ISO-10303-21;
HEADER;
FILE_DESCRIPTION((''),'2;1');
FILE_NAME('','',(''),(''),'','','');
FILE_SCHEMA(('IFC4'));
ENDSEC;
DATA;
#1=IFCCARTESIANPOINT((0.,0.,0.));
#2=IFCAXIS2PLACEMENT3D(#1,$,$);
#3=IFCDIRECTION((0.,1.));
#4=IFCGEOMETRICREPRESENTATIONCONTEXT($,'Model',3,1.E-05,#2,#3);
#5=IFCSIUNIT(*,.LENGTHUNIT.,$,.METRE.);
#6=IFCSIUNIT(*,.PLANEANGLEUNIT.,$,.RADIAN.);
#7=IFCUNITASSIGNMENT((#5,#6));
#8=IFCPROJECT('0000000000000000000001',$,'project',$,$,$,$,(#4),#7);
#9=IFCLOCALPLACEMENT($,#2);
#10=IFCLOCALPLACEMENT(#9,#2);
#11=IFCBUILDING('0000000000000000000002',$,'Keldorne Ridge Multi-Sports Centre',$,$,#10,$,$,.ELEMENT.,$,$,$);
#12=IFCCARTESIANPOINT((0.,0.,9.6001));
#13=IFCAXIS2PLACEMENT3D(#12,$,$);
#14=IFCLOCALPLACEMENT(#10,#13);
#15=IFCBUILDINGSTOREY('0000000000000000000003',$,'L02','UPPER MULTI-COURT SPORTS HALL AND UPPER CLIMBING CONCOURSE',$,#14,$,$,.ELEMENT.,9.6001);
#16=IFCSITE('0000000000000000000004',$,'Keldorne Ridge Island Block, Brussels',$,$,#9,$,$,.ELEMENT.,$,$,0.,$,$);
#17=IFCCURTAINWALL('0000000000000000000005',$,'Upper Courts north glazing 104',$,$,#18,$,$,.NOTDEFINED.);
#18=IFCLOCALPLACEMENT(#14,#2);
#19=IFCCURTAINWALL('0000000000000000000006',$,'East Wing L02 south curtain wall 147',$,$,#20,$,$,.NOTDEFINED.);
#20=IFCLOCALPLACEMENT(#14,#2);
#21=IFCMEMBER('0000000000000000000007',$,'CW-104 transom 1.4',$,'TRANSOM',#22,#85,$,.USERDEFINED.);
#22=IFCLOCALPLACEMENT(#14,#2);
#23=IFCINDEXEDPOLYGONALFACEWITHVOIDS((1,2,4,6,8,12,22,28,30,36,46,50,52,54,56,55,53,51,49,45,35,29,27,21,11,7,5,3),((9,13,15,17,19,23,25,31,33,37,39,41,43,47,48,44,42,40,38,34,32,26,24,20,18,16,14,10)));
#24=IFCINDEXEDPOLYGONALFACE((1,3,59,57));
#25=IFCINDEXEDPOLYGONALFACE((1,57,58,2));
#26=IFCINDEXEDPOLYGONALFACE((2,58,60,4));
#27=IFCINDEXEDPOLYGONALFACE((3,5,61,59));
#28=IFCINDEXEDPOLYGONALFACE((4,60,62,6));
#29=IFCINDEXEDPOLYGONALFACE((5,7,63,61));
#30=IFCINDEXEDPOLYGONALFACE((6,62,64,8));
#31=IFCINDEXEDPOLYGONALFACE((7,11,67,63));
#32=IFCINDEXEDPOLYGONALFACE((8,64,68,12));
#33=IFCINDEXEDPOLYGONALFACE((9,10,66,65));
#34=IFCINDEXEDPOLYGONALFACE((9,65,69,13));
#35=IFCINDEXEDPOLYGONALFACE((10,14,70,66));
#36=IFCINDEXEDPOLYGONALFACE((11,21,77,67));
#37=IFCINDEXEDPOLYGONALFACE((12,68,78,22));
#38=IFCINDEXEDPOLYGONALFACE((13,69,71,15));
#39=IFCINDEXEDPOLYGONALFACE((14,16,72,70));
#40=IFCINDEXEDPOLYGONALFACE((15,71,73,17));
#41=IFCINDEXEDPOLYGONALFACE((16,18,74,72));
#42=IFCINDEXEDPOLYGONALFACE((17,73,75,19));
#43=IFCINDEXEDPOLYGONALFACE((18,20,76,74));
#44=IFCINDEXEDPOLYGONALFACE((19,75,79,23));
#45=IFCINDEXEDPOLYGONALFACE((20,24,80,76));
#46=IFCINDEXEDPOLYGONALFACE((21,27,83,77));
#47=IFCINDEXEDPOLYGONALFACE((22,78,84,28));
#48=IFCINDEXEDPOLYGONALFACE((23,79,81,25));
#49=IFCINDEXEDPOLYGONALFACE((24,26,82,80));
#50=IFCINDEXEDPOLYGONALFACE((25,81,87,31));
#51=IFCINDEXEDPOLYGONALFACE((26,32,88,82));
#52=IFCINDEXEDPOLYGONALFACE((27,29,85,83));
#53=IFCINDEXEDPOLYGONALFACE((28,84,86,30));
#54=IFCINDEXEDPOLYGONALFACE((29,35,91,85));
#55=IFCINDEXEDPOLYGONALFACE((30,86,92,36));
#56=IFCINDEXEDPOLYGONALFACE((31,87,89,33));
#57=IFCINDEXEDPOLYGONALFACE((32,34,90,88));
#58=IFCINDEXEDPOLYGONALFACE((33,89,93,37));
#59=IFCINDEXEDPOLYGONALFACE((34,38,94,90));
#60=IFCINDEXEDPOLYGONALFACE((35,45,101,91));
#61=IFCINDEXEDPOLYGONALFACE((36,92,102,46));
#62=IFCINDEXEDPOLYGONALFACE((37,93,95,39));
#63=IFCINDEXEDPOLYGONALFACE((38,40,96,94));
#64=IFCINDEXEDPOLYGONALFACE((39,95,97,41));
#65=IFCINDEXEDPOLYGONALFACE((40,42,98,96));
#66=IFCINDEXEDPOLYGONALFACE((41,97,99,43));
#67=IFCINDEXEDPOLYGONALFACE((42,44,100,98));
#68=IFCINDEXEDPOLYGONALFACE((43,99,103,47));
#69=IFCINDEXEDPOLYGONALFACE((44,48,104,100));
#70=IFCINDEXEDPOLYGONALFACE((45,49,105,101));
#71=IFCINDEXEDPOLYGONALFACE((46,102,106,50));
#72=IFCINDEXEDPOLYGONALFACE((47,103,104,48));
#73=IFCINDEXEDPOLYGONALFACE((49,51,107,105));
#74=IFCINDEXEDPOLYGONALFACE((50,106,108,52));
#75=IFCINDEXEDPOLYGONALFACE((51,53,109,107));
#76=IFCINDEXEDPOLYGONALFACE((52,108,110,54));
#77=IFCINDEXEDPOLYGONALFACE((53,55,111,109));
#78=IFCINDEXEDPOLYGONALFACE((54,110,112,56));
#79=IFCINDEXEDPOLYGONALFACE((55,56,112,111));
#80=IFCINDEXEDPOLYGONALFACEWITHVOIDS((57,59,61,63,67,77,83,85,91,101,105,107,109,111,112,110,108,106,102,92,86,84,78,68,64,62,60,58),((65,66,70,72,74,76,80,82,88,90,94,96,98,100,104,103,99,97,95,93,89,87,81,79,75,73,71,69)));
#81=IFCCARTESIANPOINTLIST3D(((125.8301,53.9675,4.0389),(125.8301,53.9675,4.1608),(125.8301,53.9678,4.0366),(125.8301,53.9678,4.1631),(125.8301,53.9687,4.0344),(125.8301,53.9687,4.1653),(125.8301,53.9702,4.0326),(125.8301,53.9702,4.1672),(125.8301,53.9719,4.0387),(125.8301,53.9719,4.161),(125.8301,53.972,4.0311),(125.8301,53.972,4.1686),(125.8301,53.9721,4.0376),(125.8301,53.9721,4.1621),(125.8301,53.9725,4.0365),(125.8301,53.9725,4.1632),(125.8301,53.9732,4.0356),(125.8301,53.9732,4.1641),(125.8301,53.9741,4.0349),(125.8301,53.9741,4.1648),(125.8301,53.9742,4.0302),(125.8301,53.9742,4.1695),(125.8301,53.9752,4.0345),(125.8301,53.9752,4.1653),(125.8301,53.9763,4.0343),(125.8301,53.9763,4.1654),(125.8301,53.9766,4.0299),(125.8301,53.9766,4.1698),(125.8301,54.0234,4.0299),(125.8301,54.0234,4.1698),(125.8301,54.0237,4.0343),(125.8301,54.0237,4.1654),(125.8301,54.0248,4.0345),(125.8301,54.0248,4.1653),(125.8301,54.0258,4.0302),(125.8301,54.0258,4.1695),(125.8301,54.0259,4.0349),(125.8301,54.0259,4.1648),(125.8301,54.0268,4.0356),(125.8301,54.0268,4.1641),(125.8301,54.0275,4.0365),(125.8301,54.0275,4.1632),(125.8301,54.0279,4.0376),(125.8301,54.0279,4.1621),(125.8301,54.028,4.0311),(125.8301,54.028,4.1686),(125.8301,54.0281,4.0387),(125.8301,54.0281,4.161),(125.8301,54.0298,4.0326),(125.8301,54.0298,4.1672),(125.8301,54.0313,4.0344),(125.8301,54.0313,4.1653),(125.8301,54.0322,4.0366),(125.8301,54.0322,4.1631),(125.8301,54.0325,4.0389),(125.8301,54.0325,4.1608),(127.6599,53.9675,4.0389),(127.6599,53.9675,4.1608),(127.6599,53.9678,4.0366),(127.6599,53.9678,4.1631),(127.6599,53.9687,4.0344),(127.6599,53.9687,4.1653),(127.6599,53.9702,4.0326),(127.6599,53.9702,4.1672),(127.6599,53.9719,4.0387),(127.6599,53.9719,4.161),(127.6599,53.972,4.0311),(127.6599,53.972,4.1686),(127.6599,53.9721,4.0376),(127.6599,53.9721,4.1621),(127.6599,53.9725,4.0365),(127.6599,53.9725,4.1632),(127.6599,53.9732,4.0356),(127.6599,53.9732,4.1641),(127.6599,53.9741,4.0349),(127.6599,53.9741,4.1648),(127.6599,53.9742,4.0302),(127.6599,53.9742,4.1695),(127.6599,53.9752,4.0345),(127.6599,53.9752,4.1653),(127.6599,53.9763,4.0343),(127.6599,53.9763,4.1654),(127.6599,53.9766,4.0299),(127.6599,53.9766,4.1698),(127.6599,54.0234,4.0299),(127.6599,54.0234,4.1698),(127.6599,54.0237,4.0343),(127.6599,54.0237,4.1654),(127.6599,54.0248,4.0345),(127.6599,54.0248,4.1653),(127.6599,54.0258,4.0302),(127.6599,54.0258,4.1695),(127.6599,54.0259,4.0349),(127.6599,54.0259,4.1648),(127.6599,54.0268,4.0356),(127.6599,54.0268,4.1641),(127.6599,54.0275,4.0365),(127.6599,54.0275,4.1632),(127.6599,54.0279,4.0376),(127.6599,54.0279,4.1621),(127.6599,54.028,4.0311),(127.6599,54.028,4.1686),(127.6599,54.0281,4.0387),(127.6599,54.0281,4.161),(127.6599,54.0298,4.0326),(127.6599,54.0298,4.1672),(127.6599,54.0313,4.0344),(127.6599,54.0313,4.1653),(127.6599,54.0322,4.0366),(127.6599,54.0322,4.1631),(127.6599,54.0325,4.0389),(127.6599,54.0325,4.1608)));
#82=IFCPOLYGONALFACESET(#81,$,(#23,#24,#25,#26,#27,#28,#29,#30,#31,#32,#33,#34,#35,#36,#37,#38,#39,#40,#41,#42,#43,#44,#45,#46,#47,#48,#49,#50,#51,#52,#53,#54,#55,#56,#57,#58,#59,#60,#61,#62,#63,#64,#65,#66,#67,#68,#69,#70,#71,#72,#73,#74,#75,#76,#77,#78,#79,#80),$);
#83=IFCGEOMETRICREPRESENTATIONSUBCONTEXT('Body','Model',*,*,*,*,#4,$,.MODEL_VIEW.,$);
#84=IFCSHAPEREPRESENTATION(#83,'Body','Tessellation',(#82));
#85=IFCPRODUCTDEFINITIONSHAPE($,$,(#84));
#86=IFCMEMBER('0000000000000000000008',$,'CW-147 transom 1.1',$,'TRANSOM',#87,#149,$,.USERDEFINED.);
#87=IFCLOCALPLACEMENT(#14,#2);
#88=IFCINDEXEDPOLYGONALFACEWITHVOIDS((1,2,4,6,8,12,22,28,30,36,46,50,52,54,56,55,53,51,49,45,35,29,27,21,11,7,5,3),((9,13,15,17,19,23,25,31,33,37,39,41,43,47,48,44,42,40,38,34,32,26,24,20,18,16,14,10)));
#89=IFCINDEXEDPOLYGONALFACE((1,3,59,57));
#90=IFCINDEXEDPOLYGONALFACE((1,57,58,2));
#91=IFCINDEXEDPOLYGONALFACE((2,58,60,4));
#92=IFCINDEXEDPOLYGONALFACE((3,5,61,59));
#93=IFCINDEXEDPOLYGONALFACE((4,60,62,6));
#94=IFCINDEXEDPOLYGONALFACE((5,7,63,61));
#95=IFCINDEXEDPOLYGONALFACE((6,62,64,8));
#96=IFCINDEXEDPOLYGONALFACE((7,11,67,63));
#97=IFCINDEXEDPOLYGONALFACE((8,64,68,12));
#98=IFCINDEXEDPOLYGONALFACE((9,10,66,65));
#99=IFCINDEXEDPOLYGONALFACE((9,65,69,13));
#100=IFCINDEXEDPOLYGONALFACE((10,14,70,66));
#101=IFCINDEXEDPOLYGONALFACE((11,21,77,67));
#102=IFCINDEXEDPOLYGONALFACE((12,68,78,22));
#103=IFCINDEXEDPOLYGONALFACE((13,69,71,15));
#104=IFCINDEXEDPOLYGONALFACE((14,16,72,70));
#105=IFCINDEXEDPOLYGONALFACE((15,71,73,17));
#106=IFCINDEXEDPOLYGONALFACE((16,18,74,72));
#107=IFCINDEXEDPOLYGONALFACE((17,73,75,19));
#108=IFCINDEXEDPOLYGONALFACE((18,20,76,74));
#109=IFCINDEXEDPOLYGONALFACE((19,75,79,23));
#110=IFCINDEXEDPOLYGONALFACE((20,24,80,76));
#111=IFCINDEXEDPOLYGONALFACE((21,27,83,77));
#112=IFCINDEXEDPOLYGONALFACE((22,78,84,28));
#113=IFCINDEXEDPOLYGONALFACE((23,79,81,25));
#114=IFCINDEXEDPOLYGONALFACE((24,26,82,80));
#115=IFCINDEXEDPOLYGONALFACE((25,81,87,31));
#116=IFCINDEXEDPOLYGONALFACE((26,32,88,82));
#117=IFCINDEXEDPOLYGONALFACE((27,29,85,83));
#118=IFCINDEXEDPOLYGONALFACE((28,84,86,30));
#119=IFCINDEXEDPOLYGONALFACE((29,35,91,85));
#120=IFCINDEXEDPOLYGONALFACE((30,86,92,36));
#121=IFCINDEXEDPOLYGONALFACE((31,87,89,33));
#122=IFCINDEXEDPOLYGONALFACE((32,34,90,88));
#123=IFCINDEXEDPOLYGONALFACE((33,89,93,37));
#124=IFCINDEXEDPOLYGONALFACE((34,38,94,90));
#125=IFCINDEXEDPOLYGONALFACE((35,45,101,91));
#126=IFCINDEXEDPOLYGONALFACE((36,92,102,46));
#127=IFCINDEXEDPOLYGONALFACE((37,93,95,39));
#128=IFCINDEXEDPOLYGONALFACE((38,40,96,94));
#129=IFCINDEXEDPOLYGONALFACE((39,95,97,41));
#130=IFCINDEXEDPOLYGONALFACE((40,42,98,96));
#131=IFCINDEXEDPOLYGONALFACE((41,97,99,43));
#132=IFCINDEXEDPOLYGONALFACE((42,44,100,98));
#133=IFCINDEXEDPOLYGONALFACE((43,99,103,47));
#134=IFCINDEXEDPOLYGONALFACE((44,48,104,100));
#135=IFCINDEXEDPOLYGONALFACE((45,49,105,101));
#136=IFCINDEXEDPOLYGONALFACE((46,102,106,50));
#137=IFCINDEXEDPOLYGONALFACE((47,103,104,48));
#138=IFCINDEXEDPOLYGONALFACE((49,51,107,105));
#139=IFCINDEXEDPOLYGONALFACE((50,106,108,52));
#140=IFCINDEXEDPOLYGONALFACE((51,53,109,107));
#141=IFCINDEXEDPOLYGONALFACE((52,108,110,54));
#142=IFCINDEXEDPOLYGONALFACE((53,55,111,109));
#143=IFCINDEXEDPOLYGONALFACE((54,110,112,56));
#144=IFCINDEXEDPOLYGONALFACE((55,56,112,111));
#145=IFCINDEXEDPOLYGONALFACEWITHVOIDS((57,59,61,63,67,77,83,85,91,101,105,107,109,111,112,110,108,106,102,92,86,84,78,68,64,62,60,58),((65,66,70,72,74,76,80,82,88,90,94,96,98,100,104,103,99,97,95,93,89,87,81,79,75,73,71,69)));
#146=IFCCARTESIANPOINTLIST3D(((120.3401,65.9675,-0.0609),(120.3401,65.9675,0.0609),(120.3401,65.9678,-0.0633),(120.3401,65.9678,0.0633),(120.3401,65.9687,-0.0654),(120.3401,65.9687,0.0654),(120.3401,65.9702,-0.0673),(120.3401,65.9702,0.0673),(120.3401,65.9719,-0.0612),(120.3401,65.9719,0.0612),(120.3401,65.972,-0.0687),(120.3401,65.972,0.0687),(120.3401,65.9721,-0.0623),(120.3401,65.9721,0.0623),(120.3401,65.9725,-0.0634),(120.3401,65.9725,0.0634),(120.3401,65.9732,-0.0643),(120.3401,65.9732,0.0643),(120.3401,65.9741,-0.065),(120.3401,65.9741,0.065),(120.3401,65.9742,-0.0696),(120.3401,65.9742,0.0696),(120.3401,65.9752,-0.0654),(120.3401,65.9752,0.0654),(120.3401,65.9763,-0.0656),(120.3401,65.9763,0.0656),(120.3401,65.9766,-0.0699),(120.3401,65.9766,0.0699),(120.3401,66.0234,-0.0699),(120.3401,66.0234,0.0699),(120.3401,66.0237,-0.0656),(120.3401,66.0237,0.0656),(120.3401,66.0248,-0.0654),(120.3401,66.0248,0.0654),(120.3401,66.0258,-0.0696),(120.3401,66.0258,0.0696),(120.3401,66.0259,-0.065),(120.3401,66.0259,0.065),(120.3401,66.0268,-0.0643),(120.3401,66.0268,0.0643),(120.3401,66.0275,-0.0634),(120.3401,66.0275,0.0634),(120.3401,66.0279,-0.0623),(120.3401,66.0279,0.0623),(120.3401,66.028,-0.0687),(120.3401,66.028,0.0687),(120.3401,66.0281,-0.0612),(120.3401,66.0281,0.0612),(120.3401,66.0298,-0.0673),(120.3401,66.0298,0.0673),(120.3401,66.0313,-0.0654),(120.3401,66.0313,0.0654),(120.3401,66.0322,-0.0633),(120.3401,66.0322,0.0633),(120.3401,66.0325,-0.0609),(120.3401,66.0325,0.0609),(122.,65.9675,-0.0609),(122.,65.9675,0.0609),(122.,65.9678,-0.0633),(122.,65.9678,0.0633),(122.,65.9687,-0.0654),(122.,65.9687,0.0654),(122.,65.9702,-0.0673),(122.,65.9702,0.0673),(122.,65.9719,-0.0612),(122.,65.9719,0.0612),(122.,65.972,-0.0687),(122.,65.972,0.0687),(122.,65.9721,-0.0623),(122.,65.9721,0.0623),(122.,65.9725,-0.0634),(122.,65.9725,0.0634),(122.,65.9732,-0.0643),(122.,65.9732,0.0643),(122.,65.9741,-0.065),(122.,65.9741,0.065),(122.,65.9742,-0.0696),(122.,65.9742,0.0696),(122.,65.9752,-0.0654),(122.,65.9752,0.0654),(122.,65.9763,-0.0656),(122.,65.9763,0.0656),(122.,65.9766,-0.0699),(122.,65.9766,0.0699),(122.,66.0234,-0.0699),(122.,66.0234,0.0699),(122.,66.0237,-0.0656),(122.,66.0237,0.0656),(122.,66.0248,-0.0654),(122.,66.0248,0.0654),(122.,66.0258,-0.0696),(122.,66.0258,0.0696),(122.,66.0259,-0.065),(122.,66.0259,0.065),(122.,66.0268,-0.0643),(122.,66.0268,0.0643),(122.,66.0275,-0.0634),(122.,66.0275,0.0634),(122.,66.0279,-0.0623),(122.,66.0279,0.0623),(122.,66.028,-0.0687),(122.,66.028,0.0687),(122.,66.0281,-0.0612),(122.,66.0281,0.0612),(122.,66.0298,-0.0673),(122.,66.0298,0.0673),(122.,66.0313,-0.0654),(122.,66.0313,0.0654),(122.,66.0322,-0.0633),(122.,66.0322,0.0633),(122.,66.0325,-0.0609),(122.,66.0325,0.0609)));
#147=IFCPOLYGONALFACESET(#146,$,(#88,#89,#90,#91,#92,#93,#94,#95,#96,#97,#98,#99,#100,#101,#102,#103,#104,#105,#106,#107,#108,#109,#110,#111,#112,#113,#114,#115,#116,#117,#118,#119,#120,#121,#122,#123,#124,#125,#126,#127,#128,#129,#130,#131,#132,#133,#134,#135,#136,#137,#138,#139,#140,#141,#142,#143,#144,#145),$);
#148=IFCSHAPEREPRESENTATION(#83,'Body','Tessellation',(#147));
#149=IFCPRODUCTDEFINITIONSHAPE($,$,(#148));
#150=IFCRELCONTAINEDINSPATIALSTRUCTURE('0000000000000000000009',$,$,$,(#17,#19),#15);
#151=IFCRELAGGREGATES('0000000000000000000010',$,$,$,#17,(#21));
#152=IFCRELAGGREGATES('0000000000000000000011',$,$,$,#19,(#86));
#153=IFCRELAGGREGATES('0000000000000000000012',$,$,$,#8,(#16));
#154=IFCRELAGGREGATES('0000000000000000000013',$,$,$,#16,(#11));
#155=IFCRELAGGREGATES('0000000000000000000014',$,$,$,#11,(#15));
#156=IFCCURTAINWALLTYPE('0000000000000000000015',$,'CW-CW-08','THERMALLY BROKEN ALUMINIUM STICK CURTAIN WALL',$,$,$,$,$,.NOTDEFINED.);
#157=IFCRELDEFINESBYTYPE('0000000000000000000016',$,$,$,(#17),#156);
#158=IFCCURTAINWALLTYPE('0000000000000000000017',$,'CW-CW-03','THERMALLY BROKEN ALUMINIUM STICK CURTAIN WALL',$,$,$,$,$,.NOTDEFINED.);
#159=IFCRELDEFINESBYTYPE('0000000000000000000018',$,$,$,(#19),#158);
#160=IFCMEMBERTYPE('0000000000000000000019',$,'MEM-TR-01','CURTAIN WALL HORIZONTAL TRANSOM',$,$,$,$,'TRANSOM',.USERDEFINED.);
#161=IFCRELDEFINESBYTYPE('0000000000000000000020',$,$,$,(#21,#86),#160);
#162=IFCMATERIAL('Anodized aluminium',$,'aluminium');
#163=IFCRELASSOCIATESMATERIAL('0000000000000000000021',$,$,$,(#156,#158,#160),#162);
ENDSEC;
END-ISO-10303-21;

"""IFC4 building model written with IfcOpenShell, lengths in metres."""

from ifc_helpers import new_model, si_unit, direction, frame, origin, origin_2d, place, context, subcontext, project, spatial, hollow_rectangle, extrude, material, material_profile, profile_set, type_object, element, aggregate, save


model = new_model("IFC4")

# Units and contexts
model_context = context("Model", 3, precision=1e-05, world=origin(), true_north=direction((0.0, 1.0)))
body_context = subcontext(model_context, "Body", "Model", "MODEL_VIEW")
ifc_project = project(units=[si_unit("LENGTHUNIT", "METRE"), si_unit("PLANEANGLEUNIT", "RADIAN")], contexts=[model_context])

# Site, building, storey
site_placement = place(None, origin())
site = spatial("IfcSite", under=ifc_project, at=site_placement, Name="Keldorne Ridge Island Block, Brussels", CompositionType="ELEMENT", RefElevation=0.0)
building_placement = place(site_placement, origin())
building = spatial("IfcBuilding", under=site, at=building_placement, Name="Keldorne Ridge Multi-Sports Centre", CompositionType="ELEMENT")
storey_placement = place(building_placement, frame((0.0, 0.0, 9.6001)))
storey = spatial("IfcBuildingStorey", under=building, at=storey_placement, Name="L02", Description="UPPER MULTI-COURT SPORTS HALL AND UPPER CLIMBING CONCOURSE", CompositionType="ELEMENT", Elevation=9.6001)

# Curtain walls
ifc_material_1 = material(Name="Anodized aluminium", Category="aluminium")
curtain_wall_type_1 = type_object("IfcCurtainWallType", Name="CW-CW-08", Description="THERMALLY BROKEN ALUMINIUM STICK CURTAIN WALL", PredefinedType="NOTDEFINED", material=ifc_material_1)
curtain_wall_1_placement = place(storey_placement, origin())
curtain_wall_1 = element("IfcCurtainWall", 1, at=curtain_wall_1_placement, inside=storey, type_object=curtain_wall_type_1, Name="Upper Courts north glazing 104", PredefinedType="NOTDEFINED")
curtain_wall_type_2 = type_object("IfcCurtainWallType", Name="CW-CW-03", Description="THERMALLY BROKEN ALUMINIUM STICK CURTAIN WALL", PredefinedType="NOTDEFINED", material=ifc_material_1)
curtain_wall_2_placement = place(storey_placement, origin())
curtain_wall_2 = element("IfcCurtainWall", 2, at=curtain_wall_2_placement, inside=storey, type_object=curtain_wall_type_2, Name="East Wing L02 south curtain wall 147", PredefinedType="NOTDEFINED")

# Members
ifc_material_profile_1 = material_profile(ifc_material_1, hollow_rectangle(XDim=0.0649, YDim=0.1399, WallThickness=0.0044, InnerFilletRadius=0.0044, OuterFilletRadius=0.009, at=origin_2d()), Name="ALU TRANSOM 140x65x4.5")
ifc_profile_set_1 = profile_set([ifc_material_profile_1], Name="Anodized aluminium")
member_type_1 = type_object("IfcMemberType", Name="MEM-TR-01", Description="CURTAIN WALL HORIZONTAL TRANSOM", ElementType="TRANSOM", PredefinedType="USERDEFINED", material=ifc_profile_set_1)
member_1_placement = place(storey_placement, frame((127.6599, 54.0, 4.0999), z_axis=(-1.0, 0.0, 0.0), x_axis=(0.0, -1.0, 0.0)))
member_1 = element("IfcMember", 3, at=member_1_placement, type_object=member_type_1, Name="CW-104 transom 1.4", ObjectType="TRANSOM", PredefinedType="USERDEFINED", context=body_context, shape_type="SweptSolid", body=[
    extrude(hollow_rectangle(XDim=0.0649, YDim=0.1399, WallThickness=0.0044, InnerFilletRadius=0.0044, OuterFilletRadius=0.009, at=origin_2d()), origin(), (0.0, 0.0, 1.0), 1.8298),
])
member_2_placement = place(storey_placement, frame((120.3401, 66.0, 0.0), z_axis=(1.0, 0.0, 0.0), x_axis=(0.0, 1.0, 0.0)))
member_2 = element("IfcMember", 4, at=member_2_placement, type_object=member_type_1, Name="CW-147 transom 1.1", ObjectType="TRANSOM", PredefinedType="USERDEFINED", context=body_context, shape_type="SweptSolid", body=[
    extrude(hollow_rectangle(XDim=0.0649, YDim=0.1399, WallThickness=0.0044, InnerFilletRadius=0.0044, OuterFilletRadius=0.009, at=origin_2d()), origin(), (0.0, 0.0, 1.0), 1.6599),
])

aggregate(curtain_wall_1, [member_1])
aggregate(curtain_wall_2, [member_2])

save(model, "model.ifc")
